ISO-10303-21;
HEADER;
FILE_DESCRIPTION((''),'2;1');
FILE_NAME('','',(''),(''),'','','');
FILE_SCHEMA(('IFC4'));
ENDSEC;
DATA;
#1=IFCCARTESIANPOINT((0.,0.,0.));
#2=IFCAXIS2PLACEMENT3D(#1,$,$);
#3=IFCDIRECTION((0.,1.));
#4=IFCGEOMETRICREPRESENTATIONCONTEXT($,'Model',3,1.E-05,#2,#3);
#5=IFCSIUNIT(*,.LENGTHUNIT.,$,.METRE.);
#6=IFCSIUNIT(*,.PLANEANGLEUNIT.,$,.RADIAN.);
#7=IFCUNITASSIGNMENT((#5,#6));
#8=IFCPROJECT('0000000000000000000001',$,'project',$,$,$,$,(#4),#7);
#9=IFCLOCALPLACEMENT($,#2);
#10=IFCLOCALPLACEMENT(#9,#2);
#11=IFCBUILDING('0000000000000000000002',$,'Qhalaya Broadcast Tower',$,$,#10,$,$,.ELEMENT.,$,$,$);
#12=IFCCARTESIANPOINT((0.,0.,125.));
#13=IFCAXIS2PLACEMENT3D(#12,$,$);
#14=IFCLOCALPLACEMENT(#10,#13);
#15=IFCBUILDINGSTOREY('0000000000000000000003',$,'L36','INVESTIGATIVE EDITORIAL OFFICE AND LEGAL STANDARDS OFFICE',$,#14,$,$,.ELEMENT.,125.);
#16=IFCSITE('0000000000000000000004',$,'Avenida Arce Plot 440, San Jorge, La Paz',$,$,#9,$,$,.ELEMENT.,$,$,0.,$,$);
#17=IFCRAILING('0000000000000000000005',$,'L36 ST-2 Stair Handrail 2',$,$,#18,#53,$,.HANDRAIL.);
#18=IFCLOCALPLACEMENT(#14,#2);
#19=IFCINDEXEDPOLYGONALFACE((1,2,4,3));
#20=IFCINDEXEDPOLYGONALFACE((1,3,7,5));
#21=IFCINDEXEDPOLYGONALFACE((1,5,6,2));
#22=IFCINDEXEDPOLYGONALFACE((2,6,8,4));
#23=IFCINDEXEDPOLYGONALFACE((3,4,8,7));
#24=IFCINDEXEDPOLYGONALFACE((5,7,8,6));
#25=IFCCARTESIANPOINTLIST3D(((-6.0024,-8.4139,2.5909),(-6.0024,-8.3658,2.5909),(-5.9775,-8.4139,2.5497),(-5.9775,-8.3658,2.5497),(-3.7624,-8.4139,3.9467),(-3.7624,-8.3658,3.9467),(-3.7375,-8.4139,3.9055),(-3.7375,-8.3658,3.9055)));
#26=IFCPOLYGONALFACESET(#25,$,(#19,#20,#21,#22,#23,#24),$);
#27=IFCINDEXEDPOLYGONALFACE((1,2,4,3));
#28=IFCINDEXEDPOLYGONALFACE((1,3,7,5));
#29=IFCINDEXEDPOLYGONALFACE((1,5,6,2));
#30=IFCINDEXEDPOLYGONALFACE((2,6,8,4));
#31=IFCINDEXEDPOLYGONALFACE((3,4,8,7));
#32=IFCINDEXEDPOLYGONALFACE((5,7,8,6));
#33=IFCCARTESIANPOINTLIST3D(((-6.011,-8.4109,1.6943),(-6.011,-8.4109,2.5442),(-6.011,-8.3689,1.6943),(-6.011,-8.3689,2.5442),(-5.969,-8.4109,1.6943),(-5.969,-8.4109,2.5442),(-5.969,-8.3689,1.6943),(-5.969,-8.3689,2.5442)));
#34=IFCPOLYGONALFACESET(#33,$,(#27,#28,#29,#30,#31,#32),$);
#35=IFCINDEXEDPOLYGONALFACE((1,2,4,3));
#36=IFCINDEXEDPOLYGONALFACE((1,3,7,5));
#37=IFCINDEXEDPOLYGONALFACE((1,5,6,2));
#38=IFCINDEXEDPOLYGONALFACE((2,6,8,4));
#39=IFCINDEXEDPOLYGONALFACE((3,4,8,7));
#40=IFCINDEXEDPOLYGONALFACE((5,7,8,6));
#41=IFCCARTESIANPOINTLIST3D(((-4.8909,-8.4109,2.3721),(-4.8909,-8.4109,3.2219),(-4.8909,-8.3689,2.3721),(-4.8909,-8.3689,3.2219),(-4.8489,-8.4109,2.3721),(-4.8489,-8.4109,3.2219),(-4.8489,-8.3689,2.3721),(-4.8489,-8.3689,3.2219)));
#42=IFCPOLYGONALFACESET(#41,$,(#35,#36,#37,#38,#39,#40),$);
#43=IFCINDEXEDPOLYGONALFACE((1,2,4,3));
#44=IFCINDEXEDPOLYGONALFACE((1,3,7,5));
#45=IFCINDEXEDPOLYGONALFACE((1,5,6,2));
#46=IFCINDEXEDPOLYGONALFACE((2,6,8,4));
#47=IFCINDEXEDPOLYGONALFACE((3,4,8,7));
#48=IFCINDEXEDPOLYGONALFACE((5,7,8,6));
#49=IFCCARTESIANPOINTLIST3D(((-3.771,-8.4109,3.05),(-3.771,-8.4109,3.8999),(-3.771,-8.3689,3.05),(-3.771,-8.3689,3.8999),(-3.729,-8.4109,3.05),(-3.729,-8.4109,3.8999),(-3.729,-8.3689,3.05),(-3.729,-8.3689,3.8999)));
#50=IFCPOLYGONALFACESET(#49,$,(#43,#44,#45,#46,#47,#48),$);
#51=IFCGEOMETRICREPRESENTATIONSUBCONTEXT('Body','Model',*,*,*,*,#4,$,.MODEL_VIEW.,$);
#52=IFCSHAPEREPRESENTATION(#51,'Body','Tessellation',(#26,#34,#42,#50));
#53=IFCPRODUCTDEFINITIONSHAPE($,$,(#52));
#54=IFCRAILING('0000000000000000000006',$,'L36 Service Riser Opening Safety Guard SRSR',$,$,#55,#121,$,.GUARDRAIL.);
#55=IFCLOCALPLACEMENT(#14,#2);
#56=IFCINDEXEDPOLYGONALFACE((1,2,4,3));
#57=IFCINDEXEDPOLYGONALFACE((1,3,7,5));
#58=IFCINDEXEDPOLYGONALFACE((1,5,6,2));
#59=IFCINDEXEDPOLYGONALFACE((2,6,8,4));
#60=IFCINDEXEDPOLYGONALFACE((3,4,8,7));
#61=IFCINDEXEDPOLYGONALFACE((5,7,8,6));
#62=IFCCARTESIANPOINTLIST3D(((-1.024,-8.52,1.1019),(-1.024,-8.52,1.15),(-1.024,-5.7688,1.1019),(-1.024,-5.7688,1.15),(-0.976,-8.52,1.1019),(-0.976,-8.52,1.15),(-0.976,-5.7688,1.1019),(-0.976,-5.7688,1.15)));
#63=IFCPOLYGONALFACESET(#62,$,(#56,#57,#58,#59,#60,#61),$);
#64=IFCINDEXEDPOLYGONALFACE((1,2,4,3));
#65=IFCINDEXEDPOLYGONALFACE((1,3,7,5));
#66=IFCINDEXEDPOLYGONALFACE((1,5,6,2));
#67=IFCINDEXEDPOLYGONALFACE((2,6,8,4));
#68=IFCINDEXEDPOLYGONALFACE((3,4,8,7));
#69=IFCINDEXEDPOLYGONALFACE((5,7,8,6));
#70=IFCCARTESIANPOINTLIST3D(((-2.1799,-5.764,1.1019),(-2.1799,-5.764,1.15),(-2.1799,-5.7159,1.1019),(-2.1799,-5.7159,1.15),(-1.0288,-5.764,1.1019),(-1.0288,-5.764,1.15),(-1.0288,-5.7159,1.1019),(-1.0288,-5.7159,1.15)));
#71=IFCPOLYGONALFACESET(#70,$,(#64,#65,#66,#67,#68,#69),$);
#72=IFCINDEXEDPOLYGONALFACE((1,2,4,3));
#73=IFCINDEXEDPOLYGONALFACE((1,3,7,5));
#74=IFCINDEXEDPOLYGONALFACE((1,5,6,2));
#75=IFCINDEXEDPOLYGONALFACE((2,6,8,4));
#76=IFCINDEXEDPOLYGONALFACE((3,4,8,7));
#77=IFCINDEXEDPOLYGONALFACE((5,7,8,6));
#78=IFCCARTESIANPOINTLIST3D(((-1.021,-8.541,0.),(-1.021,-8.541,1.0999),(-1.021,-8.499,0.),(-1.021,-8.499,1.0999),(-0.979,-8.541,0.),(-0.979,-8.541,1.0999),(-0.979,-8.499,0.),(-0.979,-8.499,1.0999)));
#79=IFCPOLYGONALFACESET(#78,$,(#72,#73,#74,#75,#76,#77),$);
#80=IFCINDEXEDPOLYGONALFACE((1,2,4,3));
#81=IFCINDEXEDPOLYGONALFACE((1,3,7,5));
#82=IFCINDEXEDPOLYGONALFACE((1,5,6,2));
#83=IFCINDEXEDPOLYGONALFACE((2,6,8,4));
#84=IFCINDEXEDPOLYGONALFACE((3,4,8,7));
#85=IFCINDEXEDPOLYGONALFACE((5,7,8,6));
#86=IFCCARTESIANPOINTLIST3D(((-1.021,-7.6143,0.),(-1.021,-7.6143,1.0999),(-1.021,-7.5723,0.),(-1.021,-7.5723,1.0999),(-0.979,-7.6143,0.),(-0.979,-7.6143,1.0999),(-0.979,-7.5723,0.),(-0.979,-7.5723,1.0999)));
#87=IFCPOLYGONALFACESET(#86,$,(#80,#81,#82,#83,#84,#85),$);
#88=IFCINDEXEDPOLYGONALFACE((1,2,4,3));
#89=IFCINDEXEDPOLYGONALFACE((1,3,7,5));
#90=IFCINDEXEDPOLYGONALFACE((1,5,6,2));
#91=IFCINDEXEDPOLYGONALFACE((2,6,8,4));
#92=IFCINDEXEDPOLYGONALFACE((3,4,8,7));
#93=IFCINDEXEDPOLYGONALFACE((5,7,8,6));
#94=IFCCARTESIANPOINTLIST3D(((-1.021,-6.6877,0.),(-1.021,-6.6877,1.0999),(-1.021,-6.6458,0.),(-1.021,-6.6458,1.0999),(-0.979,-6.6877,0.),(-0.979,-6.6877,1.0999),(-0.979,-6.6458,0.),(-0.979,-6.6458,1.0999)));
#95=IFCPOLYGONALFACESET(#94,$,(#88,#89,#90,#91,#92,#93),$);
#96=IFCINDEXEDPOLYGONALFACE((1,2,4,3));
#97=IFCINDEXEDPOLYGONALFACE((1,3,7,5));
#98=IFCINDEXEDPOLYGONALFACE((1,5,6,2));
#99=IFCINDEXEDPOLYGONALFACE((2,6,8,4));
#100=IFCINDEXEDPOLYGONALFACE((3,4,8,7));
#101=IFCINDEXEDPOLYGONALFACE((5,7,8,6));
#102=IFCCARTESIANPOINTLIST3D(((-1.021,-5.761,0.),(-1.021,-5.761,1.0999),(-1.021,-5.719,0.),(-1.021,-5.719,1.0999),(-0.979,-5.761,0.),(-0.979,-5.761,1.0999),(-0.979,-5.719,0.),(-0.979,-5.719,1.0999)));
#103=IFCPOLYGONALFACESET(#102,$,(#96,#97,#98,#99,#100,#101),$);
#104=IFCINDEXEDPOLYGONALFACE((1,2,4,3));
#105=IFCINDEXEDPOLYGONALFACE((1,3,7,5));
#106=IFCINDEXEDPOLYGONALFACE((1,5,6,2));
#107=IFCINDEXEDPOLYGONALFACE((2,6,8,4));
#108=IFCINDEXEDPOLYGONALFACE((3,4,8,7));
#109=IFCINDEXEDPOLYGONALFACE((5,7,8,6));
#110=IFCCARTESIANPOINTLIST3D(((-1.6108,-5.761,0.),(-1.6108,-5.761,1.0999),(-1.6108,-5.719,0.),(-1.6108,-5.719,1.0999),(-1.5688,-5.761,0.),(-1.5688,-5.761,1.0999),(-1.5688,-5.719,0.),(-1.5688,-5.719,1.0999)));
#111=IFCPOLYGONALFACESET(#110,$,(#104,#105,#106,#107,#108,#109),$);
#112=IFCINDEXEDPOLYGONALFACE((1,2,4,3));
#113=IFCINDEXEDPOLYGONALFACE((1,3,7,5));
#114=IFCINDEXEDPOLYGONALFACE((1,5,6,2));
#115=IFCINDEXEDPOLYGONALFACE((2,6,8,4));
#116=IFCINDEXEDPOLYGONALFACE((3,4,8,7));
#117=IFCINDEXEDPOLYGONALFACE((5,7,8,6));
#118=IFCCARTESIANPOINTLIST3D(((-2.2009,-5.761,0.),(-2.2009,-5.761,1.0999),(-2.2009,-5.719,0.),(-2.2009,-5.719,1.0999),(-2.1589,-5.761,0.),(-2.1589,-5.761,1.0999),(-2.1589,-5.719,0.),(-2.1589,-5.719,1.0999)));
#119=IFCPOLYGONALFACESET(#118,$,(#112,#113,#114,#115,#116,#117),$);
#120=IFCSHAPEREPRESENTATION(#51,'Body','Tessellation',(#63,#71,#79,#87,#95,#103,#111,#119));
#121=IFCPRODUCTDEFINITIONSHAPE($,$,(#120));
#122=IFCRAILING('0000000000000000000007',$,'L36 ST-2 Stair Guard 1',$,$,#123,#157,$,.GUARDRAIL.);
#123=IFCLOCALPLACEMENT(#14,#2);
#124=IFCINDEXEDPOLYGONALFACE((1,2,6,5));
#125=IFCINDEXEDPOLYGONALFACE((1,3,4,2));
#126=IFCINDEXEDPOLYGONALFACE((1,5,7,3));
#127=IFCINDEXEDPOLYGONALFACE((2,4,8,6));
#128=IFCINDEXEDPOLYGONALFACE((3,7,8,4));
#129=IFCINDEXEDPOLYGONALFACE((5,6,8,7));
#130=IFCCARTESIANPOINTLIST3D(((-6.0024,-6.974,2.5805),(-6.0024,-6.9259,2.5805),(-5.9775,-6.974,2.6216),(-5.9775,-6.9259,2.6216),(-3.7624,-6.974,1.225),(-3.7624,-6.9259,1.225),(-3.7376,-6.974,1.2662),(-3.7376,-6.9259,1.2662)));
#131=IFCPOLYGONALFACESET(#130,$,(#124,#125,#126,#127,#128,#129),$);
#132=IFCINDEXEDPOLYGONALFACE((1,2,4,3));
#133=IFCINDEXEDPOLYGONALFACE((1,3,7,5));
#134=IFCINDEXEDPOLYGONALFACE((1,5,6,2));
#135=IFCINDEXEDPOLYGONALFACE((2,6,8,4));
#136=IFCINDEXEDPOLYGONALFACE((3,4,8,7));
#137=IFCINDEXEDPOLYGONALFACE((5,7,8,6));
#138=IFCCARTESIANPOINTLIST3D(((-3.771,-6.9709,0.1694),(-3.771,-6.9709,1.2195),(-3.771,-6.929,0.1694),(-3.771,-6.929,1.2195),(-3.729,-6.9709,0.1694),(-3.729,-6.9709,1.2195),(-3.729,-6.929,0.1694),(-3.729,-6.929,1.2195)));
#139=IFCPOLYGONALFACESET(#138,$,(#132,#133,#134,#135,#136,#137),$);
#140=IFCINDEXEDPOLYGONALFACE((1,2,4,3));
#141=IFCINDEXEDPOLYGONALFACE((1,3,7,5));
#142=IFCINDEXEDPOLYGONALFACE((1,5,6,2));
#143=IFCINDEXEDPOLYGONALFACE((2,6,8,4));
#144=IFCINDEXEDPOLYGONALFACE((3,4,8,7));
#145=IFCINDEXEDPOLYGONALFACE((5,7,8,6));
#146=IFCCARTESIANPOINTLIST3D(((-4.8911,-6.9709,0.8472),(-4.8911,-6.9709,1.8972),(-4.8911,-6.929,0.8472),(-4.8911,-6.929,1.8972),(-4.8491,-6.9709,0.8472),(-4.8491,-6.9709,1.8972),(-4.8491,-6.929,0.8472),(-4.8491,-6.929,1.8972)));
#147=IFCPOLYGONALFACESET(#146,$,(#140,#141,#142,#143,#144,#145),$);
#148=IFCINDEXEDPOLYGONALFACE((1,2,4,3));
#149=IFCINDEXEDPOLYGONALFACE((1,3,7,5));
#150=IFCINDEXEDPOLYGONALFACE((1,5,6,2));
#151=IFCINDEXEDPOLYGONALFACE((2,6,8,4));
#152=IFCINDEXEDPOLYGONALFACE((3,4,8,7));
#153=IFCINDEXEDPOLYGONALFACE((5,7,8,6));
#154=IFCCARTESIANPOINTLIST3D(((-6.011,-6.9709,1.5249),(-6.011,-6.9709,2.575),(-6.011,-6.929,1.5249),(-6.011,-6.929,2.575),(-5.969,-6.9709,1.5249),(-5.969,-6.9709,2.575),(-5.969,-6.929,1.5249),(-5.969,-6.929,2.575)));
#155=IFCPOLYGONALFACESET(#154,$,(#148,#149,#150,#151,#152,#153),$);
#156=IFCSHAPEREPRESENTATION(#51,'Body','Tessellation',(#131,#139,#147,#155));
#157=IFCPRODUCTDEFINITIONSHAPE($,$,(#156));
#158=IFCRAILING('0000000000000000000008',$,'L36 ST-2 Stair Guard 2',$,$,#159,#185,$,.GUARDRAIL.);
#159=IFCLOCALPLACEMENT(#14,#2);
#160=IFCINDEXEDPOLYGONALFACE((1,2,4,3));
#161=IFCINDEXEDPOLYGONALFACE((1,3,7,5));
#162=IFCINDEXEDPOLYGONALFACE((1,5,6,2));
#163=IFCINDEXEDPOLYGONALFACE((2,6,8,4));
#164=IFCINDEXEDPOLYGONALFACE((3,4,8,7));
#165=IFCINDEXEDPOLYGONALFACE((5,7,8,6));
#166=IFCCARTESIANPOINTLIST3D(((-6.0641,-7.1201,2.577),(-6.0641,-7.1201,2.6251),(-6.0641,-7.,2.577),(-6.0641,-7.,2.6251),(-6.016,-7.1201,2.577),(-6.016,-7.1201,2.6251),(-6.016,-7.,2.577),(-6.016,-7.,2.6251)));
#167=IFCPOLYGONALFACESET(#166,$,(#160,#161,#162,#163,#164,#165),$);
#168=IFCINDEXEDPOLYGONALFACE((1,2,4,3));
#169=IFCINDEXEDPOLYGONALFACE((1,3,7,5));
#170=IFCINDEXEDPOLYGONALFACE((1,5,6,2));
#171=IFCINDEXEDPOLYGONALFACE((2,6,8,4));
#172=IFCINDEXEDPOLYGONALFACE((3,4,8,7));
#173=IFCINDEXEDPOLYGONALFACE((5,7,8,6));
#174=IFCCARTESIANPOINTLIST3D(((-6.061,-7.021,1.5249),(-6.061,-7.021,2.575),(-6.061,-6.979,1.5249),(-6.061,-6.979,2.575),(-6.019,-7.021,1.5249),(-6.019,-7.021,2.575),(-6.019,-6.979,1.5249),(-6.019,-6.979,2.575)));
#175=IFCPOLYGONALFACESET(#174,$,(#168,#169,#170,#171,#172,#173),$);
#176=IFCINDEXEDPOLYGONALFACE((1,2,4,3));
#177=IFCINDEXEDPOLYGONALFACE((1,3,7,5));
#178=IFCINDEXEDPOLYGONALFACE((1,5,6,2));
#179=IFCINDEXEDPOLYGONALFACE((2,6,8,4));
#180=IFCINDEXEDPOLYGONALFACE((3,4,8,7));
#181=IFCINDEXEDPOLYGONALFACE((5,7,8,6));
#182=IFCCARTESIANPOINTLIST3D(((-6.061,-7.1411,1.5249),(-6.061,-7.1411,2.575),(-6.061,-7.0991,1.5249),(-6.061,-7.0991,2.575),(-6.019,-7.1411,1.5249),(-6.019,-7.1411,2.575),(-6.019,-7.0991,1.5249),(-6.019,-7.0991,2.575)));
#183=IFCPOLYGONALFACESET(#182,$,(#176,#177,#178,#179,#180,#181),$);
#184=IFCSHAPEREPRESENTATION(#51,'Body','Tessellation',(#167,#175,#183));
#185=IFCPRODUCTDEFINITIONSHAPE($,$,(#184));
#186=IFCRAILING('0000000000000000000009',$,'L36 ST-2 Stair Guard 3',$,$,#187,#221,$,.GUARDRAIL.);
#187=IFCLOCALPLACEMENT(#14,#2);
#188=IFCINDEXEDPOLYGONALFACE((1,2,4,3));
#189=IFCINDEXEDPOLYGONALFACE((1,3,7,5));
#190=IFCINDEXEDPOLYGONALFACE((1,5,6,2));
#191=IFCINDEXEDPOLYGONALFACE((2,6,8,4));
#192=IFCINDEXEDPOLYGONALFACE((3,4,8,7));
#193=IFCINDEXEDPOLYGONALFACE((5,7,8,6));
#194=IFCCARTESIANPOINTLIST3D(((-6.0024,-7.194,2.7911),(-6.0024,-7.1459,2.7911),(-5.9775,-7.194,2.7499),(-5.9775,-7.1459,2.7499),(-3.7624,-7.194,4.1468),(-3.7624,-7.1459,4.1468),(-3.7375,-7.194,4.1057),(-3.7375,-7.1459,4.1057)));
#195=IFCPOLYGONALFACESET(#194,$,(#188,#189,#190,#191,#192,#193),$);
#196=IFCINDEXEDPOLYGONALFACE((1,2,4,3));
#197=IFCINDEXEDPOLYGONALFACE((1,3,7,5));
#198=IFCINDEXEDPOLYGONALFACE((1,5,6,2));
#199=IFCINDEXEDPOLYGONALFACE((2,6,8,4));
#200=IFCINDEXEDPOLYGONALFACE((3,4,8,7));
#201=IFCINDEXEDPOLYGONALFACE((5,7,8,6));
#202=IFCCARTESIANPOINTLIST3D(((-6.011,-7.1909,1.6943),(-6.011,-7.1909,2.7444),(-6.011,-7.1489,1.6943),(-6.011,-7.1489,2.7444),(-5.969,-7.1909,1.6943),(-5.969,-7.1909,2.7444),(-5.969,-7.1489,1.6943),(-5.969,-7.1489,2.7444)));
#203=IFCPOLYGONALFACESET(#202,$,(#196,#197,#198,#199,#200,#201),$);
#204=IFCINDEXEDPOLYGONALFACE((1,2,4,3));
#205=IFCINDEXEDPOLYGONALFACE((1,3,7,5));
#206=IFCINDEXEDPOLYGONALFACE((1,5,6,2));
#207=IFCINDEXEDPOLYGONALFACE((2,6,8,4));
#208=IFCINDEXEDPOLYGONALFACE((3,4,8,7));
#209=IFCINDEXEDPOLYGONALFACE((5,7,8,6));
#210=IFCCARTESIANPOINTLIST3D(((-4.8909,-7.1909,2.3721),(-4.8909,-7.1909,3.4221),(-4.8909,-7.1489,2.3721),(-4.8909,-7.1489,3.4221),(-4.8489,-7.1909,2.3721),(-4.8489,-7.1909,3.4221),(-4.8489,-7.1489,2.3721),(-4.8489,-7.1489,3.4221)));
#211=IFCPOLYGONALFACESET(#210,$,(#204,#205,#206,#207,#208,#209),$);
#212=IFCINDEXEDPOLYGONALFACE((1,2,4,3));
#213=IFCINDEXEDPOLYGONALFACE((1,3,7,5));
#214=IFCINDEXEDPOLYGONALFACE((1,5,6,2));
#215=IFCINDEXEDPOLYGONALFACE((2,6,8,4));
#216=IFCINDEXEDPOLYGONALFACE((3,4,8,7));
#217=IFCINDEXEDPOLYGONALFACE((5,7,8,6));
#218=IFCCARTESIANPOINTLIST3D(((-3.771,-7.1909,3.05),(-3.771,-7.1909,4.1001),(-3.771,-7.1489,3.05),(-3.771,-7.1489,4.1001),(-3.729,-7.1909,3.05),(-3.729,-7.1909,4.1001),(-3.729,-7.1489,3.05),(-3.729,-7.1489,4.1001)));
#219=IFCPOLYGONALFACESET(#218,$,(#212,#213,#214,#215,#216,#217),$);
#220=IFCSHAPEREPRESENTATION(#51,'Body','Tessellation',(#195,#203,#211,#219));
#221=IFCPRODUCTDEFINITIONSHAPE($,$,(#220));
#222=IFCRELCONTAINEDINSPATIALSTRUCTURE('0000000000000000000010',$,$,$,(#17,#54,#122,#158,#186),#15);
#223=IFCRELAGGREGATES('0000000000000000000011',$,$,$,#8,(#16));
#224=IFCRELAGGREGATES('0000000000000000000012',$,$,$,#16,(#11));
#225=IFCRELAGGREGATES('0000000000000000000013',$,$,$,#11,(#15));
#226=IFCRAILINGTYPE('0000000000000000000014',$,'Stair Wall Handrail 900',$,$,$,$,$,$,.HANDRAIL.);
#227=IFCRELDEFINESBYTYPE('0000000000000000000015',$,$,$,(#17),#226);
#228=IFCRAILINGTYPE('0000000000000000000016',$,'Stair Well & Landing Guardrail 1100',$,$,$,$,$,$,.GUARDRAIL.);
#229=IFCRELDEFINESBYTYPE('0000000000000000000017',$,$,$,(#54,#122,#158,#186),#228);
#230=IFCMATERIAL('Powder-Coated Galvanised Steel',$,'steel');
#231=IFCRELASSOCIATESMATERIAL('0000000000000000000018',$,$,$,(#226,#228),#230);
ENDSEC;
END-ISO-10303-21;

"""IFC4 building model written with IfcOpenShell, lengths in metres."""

from ifc_helpers import new_model, si_unit, direction, frame, origin, origin_2d, place, context, subcontext, project, spatial, rectangle, extrude, material, type_object, element, save


model = new_model("IFC4")

# Units and contexts
model_context = context("Model", 3, precision=1e-05, world=origin(), true_north=direction((0.0, 1.0)))
body_context = subcontext(model_context, "Body", "Model", "MODEL_VIEW")
ifc_project = project(units=[si_unit("LENGTHUNIT", "METRE"), si_unit("PLANEANGLEUNIT", "RADIAN")], contexts=[model_context])

# Site, building, storey
site_placement = place(None, origin())
site = spatial("IfcSite", under=ifc_project, at=site_placement, Name="Avenida Arce Plot 440, San Jorge, La Paz", CompositionType="ELEMENT", RefElevation=0.0)
building_placement = place(site_placement, origin())
building = spatial("IfcBuilding", under=site, at=building_placement, Name="Qhalaya Broadcast Tower", CompositionType="ELEMENT")
storey_placement = place(building_placement, frame((0.0, 0.0, 125.0)))
storey = spatial("IfcBuildingStorey", under=building, at=storey_placement, Name="L36", Description="INVESTIGATIVE EDITORIAL OFFICE AND LEGAL STANDARDS OFFICE", CompositionType="ELEMENT", Elevation=125.0)

# Railings
ifc_material_1 = material(Name="Powder-Coated Galvanised Steel", Category="steel")
railing_type_1 = type_object("IfcRailingType", Name="Stair Wall Handrail 900", PredefinedType="HANDRAIL", material=ifc_material_1)
railing_1_placement = place(storey_placement, frame((-5.99, -8.3899, 1.6943)))
element("IfcRailing", 1, at=railing_1_placement, inside=storey, type_object=railing_type_1, Name="L36 ST-2 Stair Handrail 2", PredefinedType="HANDRAIL", context=body_context, shape_type="SweptSolid", body=[
    extrude(rectangle(XDim=0.0481, YDim=0.0481, at=origin_2d()), frame((0.0, 0.0, 0.876), z_axis=(0.855512, 0.0, 0.517783), x_axis=(0.0, 1.0, 0.0)), (0.0, 0.0, 1.0), 2.6184),
    extrude(rectangle(XDim=0.042, YDim=0.042, at=origin_2d()), origin(), (0.0, 0.0, 1.0), 0.8499),
    extrude(rectangle(XDim=0.042, YDim=0.042, at=origin_2d()), frame((1.1201, 0.0, 0.6777)), (0.0, 0.0, 1.0), 0.8499),
    extrude(rectangle(XDim=0.042, YDim=0.042, at=origin_2d()), frame((2.24, 0.0, 1.3557)), (0.0, 0.0, 1.0), 0.8499),
])
railing_type_2 = type_object("IfcRailingType", Name="Stair Well & Landing Guardrail 1100", PredefinedType="GUARDRAIL", material=ifc_material_1)
railing_2_placement = place(storey_placement, frame((-1.0, -8.52, 0.0)))
element("IfcRailing", 2, at=railing_2_placement, inside=storey, type_object=railing_type_2, Name="L36 Service Riser Opening Safety Guard SRSR", PredefinedType="GUARDRAIL", context=body_context, shape_type="SweptSolid", body=[
    extrude(rectangle(XDim=0.0481, YDim=0.0481, at=origin_2d()), frame((0.0, 0.0, 1.126), z_axis=(0.0, 1.0, 0.0), x_axis=(-1.0, 0.0, 0.0)), (0.0, 0.0, 1.0), 2.7512),
    extrude(rectangle(XDim=0.0481, YDim=0.0481, at=origin_2d()), frame((-0.0288, 2.78, 1.126), z_axis=(-1.0, 0.0, 0.0), x_axis=(0.0, -1.0, 0.0)), (0.0, 0.0, 1.0), 1.1511),
    extrude(rectangle(XDim=0.042, YDim=0.042, at=origin_2d()), origin(), (0.0, 0.0, 1.0), 1.0999),
    extrude(rectangle(XDim=0.042, YDim=0.042, at=origin_2d()), frame((0.0, 0.9268, 0.0)), (0.0, 0.0, 1.0), 1.0999),
    extrude(rectangle(XDim=0.042, YDim=0.042, at=origin_2d()), frame((0.0, 1.8533, 0.0)), (0.0, 0.0, 1.0), 1.0999),
    extrude(rectangle(XDim=0.042, YDim=0.042, at=origin_2d()), frame((0.0, 2.78, 0.0)), (0.0, 0.0, 1.0), 1.0999),
    extrude(rectangle(XDim=0.042, YDim=0.042, at=origin_2d()), frame((-0.5898, 2.78, 0.0)), (0.0, 0.0, 1.0), 1.0999),
    extrude(rectangle(XDim=0.042, YDim=0.042, at=origin_2d()), frame((-1.1799, 2.78, 0.0)), (0.0, 0.0, 1.0), 1.0999),
])
railing_3_placement = place(storey_placement, frame((-3.75, -6.95, 0.1694)))
element("IfcRailing", 3, at=railing_3_placement, inside=storey, type_object=railing_type_2, Name="L36 ST-2 Stair Guard 1", PredefinedType="GUARDRAIL", context=body_context, shape_type="SweptSolid", body=[
    extrude(rectangle(XDim=0.0481, YDim=0.0481, at=origin_2d()), frame((0.0, 0.0, 1.0762), z_axis=(-0.855553, 0.0, 0.517715), x_axis=(0.0, -1.0, 0.0)), (0.0, 0.0, 1.0), 2.6182),
    extrude(rectangle(XDim=0.042, YDim=0.042, at=origin_2d()), origin(), (0.0, 0.0, 1.0), 1.05),
    extrude(rectangle(XDim=0.042, YDim=0.042, at=origin_2d()), frame((-1.1201, 0.0, 0.6777)), (0.0, 0.0, 1.0), 1.05),
    extrude(rectangle(XDim=0.042, YDim=0.042, at=origin_2d()), frame((-2.24, 0.0, 1.3555)), (0.0, 0.0, 1.0), 1.05),
])
railing_4_placement = place(storey_placement, frame((-6.04, -7.0, 1.5249)))
element("IfcRailing", 4, at=railing_4_placement, inside=storey, type_object=railing_type_2, Name="L36 ST-2 Stair Guard 2", PredefinedType="GUARDRAIL", context=body_context, shape_type="SweptSolid", body=[
    extrude(rectangle(XDim=0.0481, YDim=0.0481, at=origin_2d()), frame((0.0, 0.0, 1.0762), z_axis=(0.0, -1.0, 0.0), x_axis=(1.0, 0.0, 0.0)), (0.0, 0.0, 1.0), 0.1201),
    extrude(rectangle(XDim=0.042, YDim=0.042, at=origin_2d()), origin(), (0.0, 0.0, 1.0), 1.05),
    extrude(rectangle(XDim=0.042, YDim=0.042, at=origin_2d()), frame((0.0, -0.1201, 0.0)), (0.0, 0.0, 1.0), 1.05),
])
railing_5_placement = place(storey_placement, frame((-5.99, -7.1699, 1.6943)))
element("IfcRailing", 5, at=railing_5_placement, inside=storey, type_object=railing_type_2, Name="L36 ST-2 Stair Guard 3", PredefinedType="GUARDRAIL", context=body_context, shape_type="SweptSolid", body=[
    extrude(rectangle(XDim=0.0481, YDim=0.0481, at=origin_2d()), frame((0.0, 0.0, 1.0762), z_axis=(0.855512, 0.0, 0.517783), x_axis=(0.0, 1.0, 0.0)), (0.0, 0.0, 1.0), 2.6184),
    extrude(rectangle(XDim=0.042, YDim=0.042, at=origin_2d()), origin(), (0.0, 0.0, 1.0), 1.05),
    extrude(rectangle(XDim=0.042, YDim=0.042, at=origin_2d()), frame((1.1201, 0.0, 0.6777)), (0.0, 0.0, 1.0), 1.05),
    extrude(rectangle(XDim=0.042, YDim=0.042, at=origin_2d()), frame((2.24, 0.0, 1.3557)), (0.0, 0.0, 1.0), 1.05),
])

save(model, "model.ifc")
